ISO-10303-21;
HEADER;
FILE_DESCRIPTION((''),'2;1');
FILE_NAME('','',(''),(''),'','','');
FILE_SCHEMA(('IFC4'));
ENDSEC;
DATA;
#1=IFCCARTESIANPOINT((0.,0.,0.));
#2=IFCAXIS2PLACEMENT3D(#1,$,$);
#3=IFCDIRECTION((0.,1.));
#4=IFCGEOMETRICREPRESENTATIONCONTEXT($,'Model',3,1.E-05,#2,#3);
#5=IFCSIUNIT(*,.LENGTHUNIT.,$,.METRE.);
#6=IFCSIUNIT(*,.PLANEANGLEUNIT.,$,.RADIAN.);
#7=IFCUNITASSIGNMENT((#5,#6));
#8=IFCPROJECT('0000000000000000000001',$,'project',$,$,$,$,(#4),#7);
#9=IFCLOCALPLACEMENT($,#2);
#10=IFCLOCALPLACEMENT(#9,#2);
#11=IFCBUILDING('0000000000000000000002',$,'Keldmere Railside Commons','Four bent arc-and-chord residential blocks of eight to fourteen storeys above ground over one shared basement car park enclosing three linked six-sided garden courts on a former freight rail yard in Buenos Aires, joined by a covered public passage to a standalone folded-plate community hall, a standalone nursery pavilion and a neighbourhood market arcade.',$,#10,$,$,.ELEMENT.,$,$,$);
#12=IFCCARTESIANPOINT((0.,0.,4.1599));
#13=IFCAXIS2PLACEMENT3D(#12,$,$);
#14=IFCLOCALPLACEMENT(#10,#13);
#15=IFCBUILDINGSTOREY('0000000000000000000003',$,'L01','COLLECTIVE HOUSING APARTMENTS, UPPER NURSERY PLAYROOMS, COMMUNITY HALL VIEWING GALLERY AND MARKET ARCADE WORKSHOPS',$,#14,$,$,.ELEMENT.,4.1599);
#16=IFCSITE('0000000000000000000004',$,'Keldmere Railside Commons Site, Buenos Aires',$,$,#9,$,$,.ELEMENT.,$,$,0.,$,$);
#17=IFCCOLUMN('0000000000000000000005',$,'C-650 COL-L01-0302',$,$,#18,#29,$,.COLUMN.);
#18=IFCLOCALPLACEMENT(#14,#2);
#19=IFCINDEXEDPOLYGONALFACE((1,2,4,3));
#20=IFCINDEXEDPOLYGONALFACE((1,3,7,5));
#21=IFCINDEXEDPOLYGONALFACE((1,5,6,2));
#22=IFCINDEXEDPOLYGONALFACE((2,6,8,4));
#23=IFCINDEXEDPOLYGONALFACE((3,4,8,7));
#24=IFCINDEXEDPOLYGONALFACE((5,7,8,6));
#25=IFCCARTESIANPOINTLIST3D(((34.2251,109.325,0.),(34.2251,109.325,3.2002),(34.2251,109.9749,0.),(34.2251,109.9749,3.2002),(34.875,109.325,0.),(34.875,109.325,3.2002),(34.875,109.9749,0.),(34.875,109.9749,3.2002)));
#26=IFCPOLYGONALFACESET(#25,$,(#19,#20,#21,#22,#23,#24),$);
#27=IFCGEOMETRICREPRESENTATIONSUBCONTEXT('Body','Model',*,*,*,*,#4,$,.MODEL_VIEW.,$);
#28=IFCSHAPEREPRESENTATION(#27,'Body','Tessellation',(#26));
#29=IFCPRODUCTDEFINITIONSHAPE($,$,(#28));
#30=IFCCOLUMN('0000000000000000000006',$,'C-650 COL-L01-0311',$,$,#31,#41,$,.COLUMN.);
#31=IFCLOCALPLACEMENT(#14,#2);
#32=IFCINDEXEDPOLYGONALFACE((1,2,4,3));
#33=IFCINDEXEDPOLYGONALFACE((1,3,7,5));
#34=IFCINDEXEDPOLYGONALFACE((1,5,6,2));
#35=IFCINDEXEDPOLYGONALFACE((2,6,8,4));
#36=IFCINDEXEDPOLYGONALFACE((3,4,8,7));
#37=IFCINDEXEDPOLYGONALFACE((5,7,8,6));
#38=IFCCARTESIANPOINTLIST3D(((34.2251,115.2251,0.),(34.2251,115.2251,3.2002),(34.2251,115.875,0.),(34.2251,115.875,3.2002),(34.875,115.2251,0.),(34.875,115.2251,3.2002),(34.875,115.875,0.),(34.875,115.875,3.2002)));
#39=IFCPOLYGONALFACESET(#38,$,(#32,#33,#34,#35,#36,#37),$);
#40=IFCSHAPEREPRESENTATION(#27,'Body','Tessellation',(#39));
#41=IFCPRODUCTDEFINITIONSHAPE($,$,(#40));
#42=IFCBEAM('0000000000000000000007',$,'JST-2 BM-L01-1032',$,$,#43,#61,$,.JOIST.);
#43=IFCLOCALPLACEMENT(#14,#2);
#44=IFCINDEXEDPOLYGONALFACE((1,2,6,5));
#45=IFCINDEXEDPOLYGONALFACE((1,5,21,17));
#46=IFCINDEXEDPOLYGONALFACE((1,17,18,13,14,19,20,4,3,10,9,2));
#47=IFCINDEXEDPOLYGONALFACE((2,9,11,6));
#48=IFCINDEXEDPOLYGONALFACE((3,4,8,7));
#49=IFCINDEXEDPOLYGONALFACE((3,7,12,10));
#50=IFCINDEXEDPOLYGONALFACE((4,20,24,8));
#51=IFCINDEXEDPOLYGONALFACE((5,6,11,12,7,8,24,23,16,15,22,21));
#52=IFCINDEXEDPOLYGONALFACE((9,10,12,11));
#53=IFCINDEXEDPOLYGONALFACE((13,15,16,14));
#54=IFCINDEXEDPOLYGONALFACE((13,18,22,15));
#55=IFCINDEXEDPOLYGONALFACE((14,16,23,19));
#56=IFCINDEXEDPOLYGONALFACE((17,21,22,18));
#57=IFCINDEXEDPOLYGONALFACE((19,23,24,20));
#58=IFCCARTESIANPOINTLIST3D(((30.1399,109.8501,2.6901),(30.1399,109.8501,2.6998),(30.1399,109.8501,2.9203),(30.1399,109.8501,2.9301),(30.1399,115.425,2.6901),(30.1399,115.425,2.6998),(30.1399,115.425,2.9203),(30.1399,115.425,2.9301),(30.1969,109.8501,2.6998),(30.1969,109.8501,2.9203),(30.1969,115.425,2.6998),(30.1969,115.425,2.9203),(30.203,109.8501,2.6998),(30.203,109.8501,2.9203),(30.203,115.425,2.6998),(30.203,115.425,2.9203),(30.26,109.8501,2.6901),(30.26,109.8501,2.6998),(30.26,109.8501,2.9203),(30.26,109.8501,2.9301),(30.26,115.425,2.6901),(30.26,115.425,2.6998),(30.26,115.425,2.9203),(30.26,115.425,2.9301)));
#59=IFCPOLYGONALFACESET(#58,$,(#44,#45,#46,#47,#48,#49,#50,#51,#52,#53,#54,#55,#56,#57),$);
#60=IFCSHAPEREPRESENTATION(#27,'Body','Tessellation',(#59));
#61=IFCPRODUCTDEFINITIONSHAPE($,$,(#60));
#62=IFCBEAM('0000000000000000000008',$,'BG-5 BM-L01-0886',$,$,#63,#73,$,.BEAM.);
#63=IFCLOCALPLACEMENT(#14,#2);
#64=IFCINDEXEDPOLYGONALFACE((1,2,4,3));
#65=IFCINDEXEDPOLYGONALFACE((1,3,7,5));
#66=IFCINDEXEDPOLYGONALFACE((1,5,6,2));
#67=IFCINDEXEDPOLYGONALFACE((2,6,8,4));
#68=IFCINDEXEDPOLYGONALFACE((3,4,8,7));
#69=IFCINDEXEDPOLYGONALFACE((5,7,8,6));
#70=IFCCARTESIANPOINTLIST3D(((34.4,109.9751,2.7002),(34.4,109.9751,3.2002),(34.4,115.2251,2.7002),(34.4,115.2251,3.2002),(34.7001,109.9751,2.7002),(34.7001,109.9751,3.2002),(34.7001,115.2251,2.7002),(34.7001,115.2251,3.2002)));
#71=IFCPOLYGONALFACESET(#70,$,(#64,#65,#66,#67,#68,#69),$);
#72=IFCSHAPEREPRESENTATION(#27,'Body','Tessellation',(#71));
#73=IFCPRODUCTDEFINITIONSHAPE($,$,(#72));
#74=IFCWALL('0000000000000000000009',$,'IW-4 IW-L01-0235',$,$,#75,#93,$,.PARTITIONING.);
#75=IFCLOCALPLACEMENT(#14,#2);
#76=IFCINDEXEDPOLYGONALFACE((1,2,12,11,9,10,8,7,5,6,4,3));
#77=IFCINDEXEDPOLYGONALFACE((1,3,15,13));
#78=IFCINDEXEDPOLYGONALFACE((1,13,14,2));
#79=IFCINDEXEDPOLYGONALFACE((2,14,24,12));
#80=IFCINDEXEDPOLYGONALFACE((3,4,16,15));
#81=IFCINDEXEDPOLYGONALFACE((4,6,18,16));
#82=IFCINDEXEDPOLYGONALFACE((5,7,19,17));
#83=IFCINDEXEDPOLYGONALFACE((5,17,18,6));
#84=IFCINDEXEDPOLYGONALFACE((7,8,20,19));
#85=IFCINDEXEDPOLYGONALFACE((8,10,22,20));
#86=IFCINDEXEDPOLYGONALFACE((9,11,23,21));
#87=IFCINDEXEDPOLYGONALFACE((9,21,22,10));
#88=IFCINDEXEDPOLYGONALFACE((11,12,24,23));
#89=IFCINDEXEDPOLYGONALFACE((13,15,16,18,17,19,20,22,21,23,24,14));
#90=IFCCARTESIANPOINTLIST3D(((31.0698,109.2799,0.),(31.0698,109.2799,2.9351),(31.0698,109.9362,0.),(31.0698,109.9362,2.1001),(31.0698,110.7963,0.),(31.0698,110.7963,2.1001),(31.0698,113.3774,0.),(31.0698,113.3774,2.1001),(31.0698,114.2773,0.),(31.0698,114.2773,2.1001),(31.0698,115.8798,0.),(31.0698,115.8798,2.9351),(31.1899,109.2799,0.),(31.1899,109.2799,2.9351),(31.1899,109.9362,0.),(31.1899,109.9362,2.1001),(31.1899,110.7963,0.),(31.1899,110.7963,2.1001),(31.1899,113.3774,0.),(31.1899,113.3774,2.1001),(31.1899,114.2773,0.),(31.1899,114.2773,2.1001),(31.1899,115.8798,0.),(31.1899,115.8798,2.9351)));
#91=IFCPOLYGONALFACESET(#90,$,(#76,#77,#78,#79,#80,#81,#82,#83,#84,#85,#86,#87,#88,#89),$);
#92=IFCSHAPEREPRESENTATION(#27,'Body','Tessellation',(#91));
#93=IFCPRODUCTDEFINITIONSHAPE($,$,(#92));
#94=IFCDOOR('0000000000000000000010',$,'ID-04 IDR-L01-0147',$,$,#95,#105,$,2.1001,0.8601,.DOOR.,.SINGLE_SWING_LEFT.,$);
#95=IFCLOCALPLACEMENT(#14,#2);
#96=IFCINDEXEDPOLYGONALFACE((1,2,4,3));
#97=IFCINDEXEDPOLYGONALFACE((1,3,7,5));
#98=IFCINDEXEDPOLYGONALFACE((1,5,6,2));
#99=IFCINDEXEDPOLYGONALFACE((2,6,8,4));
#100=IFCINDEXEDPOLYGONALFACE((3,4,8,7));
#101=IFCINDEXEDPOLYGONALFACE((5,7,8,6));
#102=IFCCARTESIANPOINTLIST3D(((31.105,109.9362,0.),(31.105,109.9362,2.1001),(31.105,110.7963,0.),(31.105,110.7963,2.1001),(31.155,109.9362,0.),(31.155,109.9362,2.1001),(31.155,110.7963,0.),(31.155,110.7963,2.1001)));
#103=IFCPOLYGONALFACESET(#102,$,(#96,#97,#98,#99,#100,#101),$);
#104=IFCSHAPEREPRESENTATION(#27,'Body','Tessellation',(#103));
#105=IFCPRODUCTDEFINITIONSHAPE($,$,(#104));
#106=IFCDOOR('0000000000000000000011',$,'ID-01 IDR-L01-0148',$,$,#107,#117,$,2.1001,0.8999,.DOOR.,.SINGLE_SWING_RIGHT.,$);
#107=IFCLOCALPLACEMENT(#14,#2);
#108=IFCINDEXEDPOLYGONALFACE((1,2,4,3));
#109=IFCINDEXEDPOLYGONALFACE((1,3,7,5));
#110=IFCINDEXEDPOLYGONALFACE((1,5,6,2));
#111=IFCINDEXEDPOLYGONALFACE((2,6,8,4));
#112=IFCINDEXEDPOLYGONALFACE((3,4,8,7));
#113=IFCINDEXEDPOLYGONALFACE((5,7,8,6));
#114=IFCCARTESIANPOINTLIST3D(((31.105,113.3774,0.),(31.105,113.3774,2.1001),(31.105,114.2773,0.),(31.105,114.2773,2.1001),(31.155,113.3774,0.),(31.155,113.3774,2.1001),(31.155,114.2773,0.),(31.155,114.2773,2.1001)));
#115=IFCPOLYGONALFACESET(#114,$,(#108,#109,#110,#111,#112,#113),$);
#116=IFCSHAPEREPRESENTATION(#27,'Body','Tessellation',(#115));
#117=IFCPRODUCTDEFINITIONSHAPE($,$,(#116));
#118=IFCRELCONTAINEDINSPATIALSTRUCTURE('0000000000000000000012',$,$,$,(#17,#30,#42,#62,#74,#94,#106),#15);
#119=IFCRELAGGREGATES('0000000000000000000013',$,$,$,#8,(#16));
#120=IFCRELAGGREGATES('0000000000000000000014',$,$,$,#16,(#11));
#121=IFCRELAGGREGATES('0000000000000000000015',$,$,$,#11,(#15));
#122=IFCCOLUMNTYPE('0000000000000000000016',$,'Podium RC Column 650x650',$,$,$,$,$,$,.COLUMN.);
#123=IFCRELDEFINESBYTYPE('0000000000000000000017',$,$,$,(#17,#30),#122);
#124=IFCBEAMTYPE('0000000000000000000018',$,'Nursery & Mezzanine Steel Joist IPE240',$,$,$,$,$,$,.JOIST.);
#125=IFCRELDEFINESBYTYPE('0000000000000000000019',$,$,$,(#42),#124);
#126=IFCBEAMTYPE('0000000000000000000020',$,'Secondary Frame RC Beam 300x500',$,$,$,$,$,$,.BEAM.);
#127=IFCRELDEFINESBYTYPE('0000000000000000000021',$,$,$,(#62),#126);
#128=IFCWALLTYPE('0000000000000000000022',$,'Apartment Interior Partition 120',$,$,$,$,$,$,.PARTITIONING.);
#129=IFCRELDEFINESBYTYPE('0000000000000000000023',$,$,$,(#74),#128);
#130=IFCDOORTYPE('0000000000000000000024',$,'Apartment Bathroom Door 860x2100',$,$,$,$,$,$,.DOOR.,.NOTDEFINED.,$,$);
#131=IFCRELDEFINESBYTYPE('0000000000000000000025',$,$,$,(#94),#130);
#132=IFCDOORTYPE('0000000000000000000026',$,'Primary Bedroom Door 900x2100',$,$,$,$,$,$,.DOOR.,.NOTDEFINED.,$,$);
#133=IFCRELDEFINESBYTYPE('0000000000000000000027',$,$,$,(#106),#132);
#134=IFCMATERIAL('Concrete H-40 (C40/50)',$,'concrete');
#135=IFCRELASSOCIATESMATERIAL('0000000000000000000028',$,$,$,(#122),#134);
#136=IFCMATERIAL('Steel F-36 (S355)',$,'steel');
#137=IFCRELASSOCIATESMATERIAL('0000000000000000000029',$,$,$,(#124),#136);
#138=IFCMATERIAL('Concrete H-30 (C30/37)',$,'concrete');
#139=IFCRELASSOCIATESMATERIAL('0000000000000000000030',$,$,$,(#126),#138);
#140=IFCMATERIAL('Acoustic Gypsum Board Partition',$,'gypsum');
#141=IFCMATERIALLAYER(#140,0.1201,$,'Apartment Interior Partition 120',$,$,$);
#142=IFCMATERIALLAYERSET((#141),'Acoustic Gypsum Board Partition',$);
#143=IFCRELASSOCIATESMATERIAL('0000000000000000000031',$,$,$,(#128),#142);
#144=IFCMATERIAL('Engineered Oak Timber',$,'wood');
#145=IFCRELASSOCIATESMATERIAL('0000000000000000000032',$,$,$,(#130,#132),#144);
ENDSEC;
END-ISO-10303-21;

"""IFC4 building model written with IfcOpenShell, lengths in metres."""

from ifc_helpers import new_model, si_unit, direction, frame, frame_2d, origin, origin_2d, place, context, subcontext, project, spatial, rectangle, i_section, extrude, material, layer, layer_set, material_profile, profile_set, type_object, element, fill, save


model = new_model("IFC4")

# Units and contexts
model_context = context("Model", 3, precision=1e-05, world=origin(), true_north=direction((0.0, 1.0)))
body_context = subcontext(model_context, "Body", "Model", "MODEL_VIEW")
ifc_project = project(units=[si_unit("LENGTHUNIT", "METRE"), si_unit("PLANEANGLEUNIT", "RADIAN")], contexts=[model_context])

# Site, building, storey
site_placement = place(None, origin())
site = spatial("IfcSite", under=ifc_project, at=site_placement, Name="Keldmere Railside Commons Site, Buenos Aires", CompositionType="ELEMENT", RefElevation=0.0)
building_placement = place(site_placement, origin())
building = spatial("IfcBuilding", under=site, at=building_placement, Name="Keldmere Railside Commons", Description="Four bent arc-and-chord residential blocks of eight to fourteen storeys above ground over one shared basement car park enclosing three linked six-sided garden courts on a former freight rail yard in Buenos Aires, joined by a covered public passage to a standalone folded-plate community hall, a standalone nursery pavilion and a neighbourhood market arcade.", CompositionType="ELEMENT")
storey_placement = place(building_placement, frame((0.0, 0.0, 4.1599)))
storey = spatial("IfcBuildingStorey", under=building, at=storey_placement, Name="L01", Description="COLLECTIVE HOUSING APARTMENTS, UPPER NURSERY PLAYROOMS, COMMUNITY HALL VIEWING GALLERY AND MARKET ARCADE WORKSHOPS", CompositionType="ELEMENT", Elevation=4.1599)

# Columns
ifc_material_1 = material(Name="Concrete H-40 (C40/50)", Category="concrete")
ifc_material_profile_1 = material_profile(ifc_material_1, rectangle(XDim=0.6499, YDim=0.6499, at=origin_2d()), Name="RC-650x650")
ifc_profile_set_1 = profile_set([ifc_material_profile_1], Name="Concrete H-40 (C40/50)")
column_type = type_object("IfcColumnType", Name="Podium RC Column 650x650", PredefinedType="COLUMN", material=ifc_profile_set_1)
for number, where, z_axis, x_axis, name in (
    (1, (34.55, 109.6499, 0.0), (0.0, 0.0, 1.0), (1.0, 0.0, 0.0), "C-650 COL-L01-0302"),
    (2, (34.55, 115.55, 0.0), (0.0, 0.0, 1.0), (1.0, 0.0, 0.0), "C-650 COL-L01-0311"),
):
    element("IfcColumn", number, at=place(storey_placement, frame(where, z_axis=z_axis, x_axis=x_axis)), inside=storey, type_object=column_type, Name=name, PredefinedType="COLUMN", context=body_context, shape_type="SweptSolid", body=[
        extrude(rectangle(XDim=0.6499, YDim=0.6499, at=origin_2d()), origin(), (0.0, 0.0, 1.0), 3.2002),
    ])

# Beams
ifc_material_2 = material(Name="Steel F-36 (S355)", Category="steel")
ifc_material_profile_2 = material_profile(ifc_material_2, i_section(OverallWidth=0.1201, OverallDepth=0.24, WebThickness=0.0061, FlangeThickness=0.0098, at=origin_2d()), Name="IPE-240")
ifc_profile_set_2 = profile_set([ifc_material_profile_2], Name="Steel F-36 (S355)")
beam_type_1 = type_object("IfcBeamType", Name="Nursery & Mezzanine Steel Joist IPE240", PredefinedType="JOIST", material=ifc_profile_set_2)
beam_1_placement = place(storey_placement, frame((30.2, 109.8501, 2.8101), z_axis=(0.0, 1.0, 0.0), x_axis=(-1.0, 0.0, 0.0)))
element("IfcBeam", 3, at=beam_1_placement, inside=storey, type_object=beam_type_1, Name="JST-2 BM-L01-1032", PredefinedType="JOIST", context=body_context, shape_type="SweptSolid", body=[
    extrude(i_section(OverallWidth=0.1201, OverallDepth=0.24, WebThickness=0.0061, FlangeThickness=0.0098, at=origin_2d()), origin(), (0.0, 0.0, 1.0), 5.575),
])
ifc_material_3 = material(Name="Concrete H-30 (C30/37)", Category="concrete")
ifc_material_profile_3 = material_profile(ifc_material_3, rectangle(XDim=0.3, YDim=0.5, at=origin_2d()), Name="RC-300x500")
ifc_profile_set_3 = profile_set([ifc_material_profile_3], Name="Concrete H-30 (C30/37)")
beam_type_2 = type_object("IfcBeamType", Name="Secondary Frame RC Beam 300x500", PredefinedType="BEAM", material=ifc_profile_set_3)
beam_2_placement = place(storey_placement, frame((34.55, 109.9751, 2.9502), z_axis=(0.0, 1.0, 0.0), x_axis=(-1.0, 0.0, 0.0)))
element("IfcBeam", 4, at=beam_2_placement, inside=storey, type_object=beam_type_2, Name="BG-5 BM-L01-0886", PredefinedType="BEAM", context=body_context, shape_type="SweptSolid", body=[
    extrude(rectangle(XDim=0.3, YDim=0.5, at=origin_2d()), origin(), (0.0, 0.0, 1.0), 5.25),
])

# Wall, openings, doors
ifc_material_4 = material(Name="Acoustic Gypsum Board Partition", Category="gypsum")
ifc_layer_1 = layer(ifc_material_4, 0.1201, Name="Apartment Interior Partition 120")
ifc_layer_set_1 = layer_set([ifc_layer_1], Name="Acoustic Gypsum Board Partition")
wall_type_1 = type_object("IfcWallType", Name="Apartment Interior Partition 120", PredefinedType="PARTITIONING", material=ifc_layer_set_1)
wall_1_placement = place(storey_placement, frame((31.1299, 109.28, 0.0), z_axis=(0.0, 0.0, 1.0), x_axis=(0.0, 1.0, 0.0)))
wall_1 = element("IfcWall", 5, at=wall_1_placement, inside=storey, type_object=wall_type_1, Name="IW-4 IW-L01-0235", PredefinedType="PARTITIONING", context=body_context, shape_type="SweptSolid", body=[
    extrude(rectangle(XDim=6.5999, YDim=0.1201, at=frame_2d((3.2998, 0.0))), origin(), (0.0, 0.0, 1.0), 2.9351),
])
opening_1_placement = place(wall_1_placement, frame((0.656, 0.0, 0.0)))
opening_1 = element("IfcOpeningElement", 6, at=opening_1_placement, cuts=wall_1, PredefinedType="OPENING", context=body_context, shape_type="SweptSolid", body=[
    extrude(rectangle(XDim=0.8601, YDim=2.1001, at=frame_2d((0.4302, 1.05))), frame((0.0, 0.0701, 0.0), z_axis=(0.0, -1.0, 0.0), x_axis=(1.0, 0.0, 0.0)), (0.0, 0.0, 1.0), 0.1401),
])
opening_2_placement = place(wall_1_placement, frame((4.0974, 0.0, 0.0)))
opening_2 = element("IfcOpeningElement", 7, at=opening_2_placement, cuts=wall_1, PredefinedType="OPENING", context=body_context, shape_type="SweptSolid", body=[
    extrude(rectangle(XDim=0.8999, YDim=2.1001, at=frame_2d((0.45, 1.05))), frame((0.0, 0.0701, 0.0), z_axis=(0.0, -1.0, 0.0), x_axis=(1.0, 0.0, 0.0)), (0.0, 0.0, 1.0), 0.1401),
])
ifc_material_5 = material(Name="Engineered Oak Timber", Category="wood")
door_type_1 = type_object("IfcDoorType", Name="Apartment Bathroom Door 860x2100", OperationType="NOTDEFINED", PredefinedType="DOOR", material=ifc_material_5)
door_1_placement = place(opening_1_placement, origin())
door_1 = element("IfcDoor", 8, at=door_1_placement, inside=storey, type_object=door_type_1, Name="ID-04 IDR-L01-0147", OperationType="SINGLE_SWING_LEFT", OverallHeight=2.1001, OverallWidth=0.8601, PredefinedType="DOOR", context=body_context, shape_type="SweptSolid", body=[
    extrude(rectangle(XDim=0.8601, YDim=2.1001, at=frame_2d((0.4302, 1.05))), frame((0.0, 0.0249, 0.0), z_axis=(0.0, -1.0, 0.0), x_axis=(1.0, 0.0, 0.0)), (0.0, 0.0, 1.0), 0.05),
])
fill(opening_1, door_1)
door_type_2 = type_object("IfcDoorType", Name="Primary Bedroom Door 900x2100", OperationType="NOTDEFINED", PredefinedType="DOOR", material=ifc_material_5)
door_2_placement = place(opening_2_placement, origin())
door_2 = element("IfcDoor", 9, at=door_2_placement, inside=storey, type_object=door_type_2, Name="ID-01 IDR-L01-0148", OperationType="SINGLE_SWING_RIGHT", OverallHeight=2.1001, OverallWidth=0.8999, PredefinedType="DOOR", context=body_context, shape_type="SweptSolid", body=[
    extrude(rectangle(XDim=0.8999, YDim=2.1001, at=frame_2d((0.45, 1.05))), frame((0.0, 0.0249, 0.0), z_axis=(0.0, -1.0, 0.0), x_axis=(1.0, 0.0, 0.0)), (0.0, 0.0, 1.0), 0.05),
])
fill(opening_2, door_2)

save(model, "model.ifc")
